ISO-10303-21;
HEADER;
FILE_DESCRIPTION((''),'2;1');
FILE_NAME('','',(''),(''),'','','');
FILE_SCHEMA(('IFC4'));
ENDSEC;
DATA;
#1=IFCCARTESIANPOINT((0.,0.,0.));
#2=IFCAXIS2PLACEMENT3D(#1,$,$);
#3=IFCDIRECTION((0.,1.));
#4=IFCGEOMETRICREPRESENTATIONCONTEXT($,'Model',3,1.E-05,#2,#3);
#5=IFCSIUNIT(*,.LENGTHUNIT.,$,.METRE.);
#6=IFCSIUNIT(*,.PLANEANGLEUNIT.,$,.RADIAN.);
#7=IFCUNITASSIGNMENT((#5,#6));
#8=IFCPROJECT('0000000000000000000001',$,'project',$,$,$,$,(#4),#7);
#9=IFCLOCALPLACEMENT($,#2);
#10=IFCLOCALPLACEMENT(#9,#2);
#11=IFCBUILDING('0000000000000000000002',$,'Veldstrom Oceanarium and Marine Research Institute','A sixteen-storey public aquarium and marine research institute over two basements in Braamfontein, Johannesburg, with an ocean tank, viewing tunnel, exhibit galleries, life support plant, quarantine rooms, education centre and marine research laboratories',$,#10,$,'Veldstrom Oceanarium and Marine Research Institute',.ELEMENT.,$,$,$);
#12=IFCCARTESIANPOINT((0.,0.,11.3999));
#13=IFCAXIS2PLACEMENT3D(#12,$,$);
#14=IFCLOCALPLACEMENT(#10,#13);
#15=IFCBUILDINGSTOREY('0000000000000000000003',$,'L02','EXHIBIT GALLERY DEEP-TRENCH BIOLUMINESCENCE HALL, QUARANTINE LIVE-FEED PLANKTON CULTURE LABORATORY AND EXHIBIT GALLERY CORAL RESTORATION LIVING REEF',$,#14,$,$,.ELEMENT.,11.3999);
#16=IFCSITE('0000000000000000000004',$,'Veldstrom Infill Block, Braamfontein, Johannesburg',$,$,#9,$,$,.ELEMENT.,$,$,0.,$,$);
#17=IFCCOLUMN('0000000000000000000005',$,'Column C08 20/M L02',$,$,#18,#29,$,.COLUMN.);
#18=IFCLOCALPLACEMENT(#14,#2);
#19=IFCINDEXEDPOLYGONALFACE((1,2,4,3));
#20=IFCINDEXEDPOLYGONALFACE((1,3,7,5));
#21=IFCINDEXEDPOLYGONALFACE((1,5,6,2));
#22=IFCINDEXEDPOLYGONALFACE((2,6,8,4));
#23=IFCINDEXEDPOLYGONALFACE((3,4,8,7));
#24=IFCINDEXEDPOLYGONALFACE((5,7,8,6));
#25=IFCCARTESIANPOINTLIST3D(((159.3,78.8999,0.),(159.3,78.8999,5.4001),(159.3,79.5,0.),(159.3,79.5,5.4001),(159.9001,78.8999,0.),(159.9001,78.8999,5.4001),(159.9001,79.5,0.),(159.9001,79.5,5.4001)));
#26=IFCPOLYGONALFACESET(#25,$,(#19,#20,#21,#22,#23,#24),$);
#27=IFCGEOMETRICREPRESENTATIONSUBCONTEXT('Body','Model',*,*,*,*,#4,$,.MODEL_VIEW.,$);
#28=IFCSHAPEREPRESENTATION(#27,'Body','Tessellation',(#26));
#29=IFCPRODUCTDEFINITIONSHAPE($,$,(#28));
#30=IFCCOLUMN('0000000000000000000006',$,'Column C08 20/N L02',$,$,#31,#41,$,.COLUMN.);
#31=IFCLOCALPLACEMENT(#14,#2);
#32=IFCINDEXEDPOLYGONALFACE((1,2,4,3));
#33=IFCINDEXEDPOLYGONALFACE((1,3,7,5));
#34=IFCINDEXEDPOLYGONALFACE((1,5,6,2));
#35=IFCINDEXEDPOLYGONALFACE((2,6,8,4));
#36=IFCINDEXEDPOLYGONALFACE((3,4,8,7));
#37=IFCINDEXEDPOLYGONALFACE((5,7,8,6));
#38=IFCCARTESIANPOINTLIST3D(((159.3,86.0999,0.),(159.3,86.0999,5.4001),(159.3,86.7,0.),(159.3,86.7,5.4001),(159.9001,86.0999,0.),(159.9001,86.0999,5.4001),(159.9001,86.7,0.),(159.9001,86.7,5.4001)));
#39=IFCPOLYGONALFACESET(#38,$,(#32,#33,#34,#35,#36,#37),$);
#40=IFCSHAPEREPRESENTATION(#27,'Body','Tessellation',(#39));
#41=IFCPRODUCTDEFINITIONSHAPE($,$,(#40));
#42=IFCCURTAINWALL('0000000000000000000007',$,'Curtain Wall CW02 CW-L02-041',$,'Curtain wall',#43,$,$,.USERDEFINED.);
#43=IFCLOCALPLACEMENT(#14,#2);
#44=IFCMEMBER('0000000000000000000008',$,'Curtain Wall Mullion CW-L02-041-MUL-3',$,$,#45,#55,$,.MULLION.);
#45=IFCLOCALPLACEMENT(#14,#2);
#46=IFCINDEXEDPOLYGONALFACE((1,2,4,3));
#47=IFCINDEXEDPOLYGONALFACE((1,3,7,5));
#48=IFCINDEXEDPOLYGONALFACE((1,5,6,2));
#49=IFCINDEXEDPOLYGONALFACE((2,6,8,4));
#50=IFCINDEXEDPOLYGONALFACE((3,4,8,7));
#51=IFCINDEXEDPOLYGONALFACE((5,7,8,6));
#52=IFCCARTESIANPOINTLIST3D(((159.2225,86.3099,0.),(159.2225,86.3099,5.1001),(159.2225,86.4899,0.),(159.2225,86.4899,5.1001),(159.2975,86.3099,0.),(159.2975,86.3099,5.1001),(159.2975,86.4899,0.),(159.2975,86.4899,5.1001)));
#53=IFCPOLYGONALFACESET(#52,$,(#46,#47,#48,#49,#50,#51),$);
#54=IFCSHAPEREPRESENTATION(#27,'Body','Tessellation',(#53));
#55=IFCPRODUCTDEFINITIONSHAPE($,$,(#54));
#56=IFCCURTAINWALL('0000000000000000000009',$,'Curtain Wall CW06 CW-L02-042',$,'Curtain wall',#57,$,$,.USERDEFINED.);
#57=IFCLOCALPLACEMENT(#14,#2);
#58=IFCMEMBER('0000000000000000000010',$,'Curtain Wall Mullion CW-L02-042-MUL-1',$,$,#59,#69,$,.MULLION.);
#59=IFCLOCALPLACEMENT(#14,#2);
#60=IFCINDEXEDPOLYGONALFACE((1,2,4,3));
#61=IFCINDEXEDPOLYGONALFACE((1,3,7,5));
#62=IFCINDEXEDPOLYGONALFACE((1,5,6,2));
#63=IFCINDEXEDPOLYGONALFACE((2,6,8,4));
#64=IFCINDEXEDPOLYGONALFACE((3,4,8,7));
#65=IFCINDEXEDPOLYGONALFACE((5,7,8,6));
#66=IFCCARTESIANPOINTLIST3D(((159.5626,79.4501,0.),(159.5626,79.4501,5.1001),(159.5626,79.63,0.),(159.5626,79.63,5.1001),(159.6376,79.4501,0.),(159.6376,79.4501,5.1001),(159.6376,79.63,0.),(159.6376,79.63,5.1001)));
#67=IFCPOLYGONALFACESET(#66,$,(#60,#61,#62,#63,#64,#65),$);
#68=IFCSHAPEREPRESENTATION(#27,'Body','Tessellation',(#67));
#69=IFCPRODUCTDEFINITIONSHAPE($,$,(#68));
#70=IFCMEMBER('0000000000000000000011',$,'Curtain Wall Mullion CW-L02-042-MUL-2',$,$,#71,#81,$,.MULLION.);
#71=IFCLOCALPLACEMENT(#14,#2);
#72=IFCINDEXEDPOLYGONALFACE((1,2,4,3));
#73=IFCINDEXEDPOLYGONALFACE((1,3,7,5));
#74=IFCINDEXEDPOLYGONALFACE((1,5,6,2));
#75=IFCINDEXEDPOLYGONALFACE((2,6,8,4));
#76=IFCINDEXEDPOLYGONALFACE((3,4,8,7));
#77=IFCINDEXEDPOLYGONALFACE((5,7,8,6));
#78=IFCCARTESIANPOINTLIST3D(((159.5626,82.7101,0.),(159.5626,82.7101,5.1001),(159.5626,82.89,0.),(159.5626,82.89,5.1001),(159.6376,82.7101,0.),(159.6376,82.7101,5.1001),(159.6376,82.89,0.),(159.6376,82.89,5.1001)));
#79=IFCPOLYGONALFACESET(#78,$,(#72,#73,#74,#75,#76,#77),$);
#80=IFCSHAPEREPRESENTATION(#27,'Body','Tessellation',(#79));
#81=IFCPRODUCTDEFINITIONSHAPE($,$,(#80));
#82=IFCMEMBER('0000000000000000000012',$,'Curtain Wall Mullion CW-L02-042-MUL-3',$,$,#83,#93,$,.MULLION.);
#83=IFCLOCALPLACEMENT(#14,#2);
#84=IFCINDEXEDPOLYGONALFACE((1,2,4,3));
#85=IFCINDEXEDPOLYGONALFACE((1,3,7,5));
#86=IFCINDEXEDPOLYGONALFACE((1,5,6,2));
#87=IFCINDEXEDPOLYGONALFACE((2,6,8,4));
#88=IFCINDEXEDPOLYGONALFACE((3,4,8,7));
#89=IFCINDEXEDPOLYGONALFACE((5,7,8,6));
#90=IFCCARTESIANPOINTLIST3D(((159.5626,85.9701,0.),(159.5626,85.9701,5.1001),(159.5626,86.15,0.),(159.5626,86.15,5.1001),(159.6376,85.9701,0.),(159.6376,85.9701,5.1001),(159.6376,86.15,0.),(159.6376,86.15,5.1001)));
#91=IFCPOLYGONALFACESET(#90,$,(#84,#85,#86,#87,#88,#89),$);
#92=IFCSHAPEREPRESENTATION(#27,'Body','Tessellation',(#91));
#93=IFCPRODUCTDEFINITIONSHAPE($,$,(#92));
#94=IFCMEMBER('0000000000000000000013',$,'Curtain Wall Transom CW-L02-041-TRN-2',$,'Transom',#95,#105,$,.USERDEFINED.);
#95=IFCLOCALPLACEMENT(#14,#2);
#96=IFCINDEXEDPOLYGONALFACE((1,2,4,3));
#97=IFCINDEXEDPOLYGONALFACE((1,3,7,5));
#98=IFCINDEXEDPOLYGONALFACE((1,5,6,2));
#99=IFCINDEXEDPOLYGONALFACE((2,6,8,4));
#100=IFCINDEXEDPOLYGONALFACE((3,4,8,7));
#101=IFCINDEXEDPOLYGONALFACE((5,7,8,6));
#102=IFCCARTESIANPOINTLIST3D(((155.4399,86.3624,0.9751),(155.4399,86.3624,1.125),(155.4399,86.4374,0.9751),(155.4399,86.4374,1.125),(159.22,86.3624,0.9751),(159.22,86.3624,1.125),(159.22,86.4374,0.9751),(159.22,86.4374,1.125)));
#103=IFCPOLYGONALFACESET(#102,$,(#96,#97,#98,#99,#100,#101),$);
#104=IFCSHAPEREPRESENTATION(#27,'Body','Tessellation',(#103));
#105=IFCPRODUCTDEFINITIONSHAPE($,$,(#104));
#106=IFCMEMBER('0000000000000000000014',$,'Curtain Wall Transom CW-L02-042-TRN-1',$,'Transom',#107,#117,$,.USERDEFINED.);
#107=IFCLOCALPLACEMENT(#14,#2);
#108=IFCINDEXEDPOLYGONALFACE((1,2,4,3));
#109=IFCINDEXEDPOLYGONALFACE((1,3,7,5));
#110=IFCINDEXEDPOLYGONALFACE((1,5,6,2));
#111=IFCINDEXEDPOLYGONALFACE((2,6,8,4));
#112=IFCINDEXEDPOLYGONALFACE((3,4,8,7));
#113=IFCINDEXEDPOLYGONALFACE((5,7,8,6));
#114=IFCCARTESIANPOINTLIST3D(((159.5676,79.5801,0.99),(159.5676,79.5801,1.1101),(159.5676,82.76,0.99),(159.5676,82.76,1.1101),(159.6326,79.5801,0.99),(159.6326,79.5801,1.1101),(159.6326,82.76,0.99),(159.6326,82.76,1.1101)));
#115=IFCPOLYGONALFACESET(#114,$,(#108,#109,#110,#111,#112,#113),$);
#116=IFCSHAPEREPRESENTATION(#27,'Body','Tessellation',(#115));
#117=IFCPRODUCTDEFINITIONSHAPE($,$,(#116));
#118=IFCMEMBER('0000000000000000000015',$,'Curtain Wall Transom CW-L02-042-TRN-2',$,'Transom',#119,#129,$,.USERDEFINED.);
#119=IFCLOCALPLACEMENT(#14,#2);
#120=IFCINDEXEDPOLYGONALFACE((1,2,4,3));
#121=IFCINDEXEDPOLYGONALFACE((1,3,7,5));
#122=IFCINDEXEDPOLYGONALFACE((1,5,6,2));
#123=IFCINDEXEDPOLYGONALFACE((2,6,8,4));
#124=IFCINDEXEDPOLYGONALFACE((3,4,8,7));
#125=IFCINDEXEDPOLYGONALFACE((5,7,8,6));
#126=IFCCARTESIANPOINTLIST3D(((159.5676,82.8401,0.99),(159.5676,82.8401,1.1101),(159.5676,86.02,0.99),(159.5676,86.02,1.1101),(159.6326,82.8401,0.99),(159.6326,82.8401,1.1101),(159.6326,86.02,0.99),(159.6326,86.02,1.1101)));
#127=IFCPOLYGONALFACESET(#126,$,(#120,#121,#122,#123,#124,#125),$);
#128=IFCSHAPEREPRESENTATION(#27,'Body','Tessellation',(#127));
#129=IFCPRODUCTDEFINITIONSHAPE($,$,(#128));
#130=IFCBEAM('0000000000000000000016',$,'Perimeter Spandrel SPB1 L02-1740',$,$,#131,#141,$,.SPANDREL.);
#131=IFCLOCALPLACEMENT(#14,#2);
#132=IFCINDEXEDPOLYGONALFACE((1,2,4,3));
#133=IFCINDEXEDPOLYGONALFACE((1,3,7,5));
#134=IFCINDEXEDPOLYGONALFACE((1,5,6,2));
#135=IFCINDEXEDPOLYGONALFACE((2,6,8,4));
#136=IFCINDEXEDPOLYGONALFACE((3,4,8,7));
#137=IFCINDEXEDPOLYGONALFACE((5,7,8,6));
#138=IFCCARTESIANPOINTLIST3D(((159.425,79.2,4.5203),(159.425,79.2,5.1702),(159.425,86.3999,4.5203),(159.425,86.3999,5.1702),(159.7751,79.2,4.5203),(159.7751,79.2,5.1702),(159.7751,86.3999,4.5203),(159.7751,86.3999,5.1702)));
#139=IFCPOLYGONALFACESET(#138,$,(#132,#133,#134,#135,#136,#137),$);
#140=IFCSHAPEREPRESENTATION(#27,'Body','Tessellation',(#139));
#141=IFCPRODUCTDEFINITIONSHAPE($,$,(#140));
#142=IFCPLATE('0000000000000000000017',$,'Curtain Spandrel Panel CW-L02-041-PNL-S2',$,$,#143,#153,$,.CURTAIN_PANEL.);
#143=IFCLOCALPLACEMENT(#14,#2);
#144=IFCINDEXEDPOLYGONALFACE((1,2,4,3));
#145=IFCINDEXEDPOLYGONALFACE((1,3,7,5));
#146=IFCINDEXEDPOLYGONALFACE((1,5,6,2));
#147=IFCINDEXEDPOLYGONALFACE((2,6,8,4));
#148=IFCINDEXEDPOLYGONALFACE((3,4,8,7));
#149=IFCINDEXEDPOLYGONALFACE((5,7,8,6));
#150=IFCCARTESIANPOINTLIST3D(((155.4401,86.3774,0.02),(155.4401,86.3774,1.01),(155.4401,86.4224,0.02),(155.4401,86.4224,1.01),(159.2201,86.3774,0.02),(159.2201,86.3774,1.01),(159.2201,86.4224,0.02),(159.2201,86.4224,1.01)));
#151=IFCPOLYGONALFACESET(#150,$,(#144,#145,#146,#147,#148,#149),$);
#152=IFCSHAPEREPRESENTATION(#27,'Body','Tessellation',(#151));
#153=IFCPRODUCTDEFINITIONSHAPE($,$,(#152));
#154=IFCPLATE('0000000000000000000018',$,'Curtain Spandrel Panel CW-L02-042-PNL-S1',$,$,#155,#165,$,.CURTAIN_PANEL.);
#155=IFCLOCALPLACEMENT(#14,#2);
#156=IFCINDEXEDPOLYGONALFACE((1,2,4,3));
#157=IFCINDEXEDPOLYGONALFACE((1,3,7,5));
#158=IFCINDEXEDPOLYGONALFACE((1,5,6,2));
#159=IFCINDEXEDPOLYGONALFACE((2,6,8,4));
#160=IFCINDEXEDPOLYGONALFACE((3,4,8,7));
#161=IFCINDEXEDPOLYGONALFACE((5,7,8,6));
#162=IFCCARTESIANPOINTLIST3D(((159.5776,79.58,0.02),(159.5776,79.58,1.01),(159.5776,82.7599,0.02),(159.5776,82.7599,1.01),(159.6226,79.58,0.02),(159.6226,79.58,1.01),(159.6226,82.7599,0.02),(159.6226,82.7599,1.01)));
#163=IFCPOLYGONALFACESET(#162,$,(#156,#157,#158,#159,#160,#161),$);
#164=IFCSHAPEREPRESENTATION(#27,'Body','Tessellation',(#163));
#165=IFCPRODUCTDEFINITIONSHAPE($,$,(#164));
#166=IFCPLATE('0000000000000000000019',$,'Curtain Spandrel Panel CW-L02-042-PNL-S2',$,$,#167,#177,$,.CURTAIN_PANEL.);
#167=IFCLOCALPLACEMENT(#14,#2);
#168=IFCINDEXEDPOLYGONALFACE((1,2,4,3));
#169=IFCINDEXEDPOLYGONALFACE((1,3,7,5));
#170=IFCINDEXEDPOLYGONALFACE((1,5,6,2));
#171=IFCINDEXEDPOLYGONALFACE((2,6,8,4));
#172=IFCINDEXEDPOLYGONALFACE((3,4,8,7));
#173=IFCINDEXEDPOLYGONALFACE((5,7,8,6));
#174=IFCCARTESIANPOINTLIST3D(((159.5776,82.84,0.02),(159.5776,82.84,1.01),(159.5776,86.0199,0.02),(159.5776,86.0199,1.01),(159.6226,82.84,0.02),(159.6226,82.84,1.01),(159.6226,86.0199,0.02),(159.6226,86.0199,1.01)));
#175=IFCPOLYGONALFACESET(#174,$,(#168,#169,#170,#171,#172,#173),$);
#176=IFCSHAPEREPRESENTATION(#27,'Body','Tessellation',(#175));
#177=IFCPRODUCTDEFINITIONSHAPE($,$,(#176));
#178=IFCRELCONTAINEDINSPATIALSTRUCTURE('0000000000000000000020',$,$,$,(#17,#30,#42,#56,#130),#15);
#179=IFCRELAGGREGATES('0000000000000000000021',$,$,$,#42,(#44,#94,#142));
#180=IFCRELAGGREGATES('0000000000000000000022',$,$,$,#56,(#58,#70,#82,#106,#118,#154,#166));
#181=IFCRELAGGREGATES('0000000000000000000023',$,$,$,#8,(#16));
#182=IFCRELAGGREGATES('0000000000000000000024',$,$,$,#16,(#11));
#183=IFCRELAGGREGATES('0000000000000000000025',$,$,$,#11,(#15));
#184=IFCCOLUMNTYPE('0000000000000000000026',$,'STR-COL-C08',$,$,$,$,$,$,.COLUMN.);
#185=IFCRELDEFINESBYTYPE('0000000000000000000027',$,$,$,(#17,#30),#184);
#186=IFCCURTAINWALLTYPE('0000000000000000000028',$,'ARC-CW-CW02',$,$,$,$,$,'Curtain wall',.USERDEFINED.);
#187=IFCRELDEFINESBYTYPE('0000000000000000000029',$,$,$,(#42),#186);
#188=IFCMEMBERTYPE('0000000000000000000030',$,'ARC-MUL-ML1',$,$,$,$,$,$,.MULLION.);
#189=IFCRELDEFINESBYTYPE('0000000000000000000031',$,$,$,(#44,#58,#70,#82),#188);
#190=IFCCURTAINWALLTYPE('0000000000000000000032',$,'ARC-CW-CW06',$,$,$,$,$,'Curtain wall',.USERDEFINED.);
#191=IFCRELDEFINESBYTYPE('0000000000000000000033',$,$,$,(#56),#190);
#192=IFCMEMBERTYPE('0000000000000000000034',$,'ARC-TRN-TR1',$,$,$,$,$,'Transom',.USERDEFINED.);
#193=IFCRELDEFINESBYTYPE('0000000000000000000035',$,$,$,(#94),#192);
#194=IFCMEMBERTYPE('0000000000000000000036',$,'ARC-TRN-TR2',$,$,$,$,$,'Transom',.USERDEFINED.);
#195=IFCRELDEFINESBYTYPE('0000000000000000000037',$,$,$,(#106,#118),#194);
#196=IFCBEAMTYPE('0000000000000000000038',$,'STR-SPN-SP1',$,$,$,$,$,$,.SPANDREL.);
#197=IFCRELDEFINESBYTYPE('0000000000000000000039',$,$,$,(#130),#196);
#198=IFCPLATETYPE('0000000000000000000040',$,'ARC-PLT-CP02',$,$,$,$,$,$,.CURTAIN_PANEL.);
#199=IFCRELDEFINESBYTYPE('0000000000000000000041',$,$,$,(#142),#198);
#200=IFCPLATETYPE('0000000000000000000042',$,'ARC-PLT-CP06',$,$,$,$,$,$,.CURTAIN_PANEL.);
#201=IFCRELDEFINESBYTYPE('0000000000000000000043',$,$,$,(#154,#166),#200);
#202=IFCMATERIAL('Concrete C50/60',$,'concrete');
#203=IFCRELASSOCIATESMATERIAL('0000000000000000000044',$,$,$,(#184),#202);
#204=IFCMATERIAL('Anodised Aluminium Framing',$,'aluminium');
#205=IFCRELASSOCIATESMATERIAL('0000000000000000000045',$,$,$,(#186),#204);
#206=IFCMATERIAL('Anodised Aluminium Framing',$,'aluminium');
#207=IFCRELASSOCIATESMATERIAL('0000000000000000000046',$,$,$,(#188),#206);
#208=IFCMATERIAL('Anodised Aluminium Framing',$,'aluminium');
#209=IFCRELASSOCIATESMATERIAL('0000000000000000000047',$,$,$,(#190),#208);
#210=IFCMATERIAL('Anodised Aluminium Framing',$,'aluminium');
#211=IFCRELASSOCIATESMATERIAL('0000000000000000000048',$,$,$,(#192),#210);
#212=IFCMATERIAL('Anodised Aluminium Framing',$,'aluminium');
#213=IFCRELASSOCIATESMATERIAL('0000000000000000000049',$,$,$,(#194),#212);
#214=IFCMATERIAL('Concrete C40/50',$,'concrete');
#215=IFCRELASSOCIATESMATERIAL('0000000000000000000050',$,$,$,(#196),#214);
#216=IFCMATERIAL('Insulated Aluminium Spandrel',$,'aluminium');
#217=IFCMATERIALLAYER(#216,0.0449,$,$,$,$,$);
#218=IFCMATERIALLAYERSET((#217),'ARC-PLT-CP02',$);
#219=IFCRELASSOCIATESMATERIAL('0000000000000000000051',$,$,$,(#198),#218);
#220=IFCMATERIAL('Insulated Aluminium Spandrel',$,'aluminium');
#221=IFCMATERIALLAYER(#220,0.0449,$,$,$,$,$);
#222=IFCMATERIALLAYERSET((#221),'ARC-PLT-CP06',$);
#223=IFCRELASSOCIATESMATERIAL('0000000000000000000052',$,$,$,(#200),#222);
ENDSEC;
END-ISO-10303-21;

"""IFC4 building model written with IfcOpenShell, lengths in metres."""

from ifc_helpers import new_model, si_unit, direction, frame, origin, origin_2d, place, context, subcontext, project, spatial, rectangle, extrude, material, layer, layer_set, material_profile, profile_set, type_object, element, aggregate, save


model = new_model("IFC4")

# Units and contexts
model_context = context("Model", 3, precision=1e-05, world=origin(), true_north=direction((0.0, 1.0)))
body_context = subcontext(model_context, "Body", "Model", "MODEL_VIEW")
ifc_project = project(units=[si_unit("LENGTHUNIT", "METRE"), si_unit("PLANEANGLEUNIT", "RADIAN")], contexts=[model_context])

# Site, building, storey
site_placement = place(None, origin())
site = spatial("IfcSite", under=ifc_project, at=site_placement, Name="Veldstrom Infill Block, Braamfontein, Johannesburg", CompositionType="ELEMENT", RefElevation=0.0)
building_placement = place(site_placement, origin())
building = spatial("IfcBuilding", under=site, at=building_placement, Name="Veldstrom Oceanarium and Marine Research Institute", Description="A sixteen-storey public aquarium and marine research institute over two basements in Braamfontein, Johannesburg, with an ocean tank, viewing tunnel, exhibit galleries, life support plant, quarantine rooms, education centre and marine research laboratories", LongName="Veldstrom Oceanarium and Marine Research Institute", CompositionType="ELEMENT")
storey_placement = place(building_placement, frame((0.0, 0.0, 11.3999)))
storey = spatial("IfcBuildingStorey", under=building, at=storey_placement, Name="L02", Description="EXHIBIT GALLERY DEEP-TRENCH BIOLUMINESCENCE HALL, QUARANTINE LIVE-FEED PLANKTON CULTURE LABORATORY AND EXHIBIT GALLERY CORAL RESTORATION LIVING REEF", CompositionType="ELEMENT", Elevation=11.3999)

# Columns
ifc_material_1 = material(Name="Concrete C50/60", Category="concrete")
ifc_material_profile_1 = material_profile(ifc_material_1, rectangle(XDim=0.6001, YDim=0.6001, at=origin_2d()), Name="RC-COL-600x600")
ifc_profile_set_1 = profile_set([ifc_material_profile_1], Name="Concrete C50/60")
column_type = type_object("IfcColumnType", Name="STR-COL-C08", PredefinedType="COLUMN", material=ifc_profile_set_1)
for number, where, z_axis, x_axis, name in (
    (1, (159.6001, 79.2, 0.0), (0.0, 0.0, 1.0), (1.0, 0.0, 0.0), "Column C08 20/M L02"),
    (2, (159.6001, 86.3999, 0.0), (0.0, 0.0, 1.0), (1.0, 0.0, 0.0), "Column C08 20/N L02"),
):
    element("IfcColumn", number, at=place(storey_placement, frame(where, z_axis=z_axis, x_axis=x_axis)), inside=storey, type_object=column_type, Name=name, PredefinedType="COLUMN", context=body_context, shape_type="SweptSolid", body=[
        extrude(rectangle(XDim=0.6001, YDim=0.6001, at=origin_2d()), origin(), (0.0, 0.0, 1.0), 5.4001),
    ])

# Curtain wall, member
ifc_material_2 = material(Name="Anodised Aluminium Framing", Category="aluminium")
curtain_wall_type_1 = type_object("IfcCurtainWallType", Name="ARC-CW-CW02", ElementType="Curtain wall", PredefinedType="USERDEFINED", material=ifc_material_2)
curtain_wall_1_placement = place(storey_placement, origin())
curtain_wall_1 = element("IfcCurtainWall", 3, at=curtain_wall_1_placement, inside=storey, type_object=curtain_wall_type_1, Name="Curtain Wall CW02 CW-L02-041", ObjectType="Curtain wall", PredefinedType="USERDEFINED")
ifc_material_3 = material(Name="Anodised Aluminium Framing", Category="aluminium")
ifc_material_profile_2 = material_profile(ifc_material_3, rectangle(XDim=0.075, YDim=0.1799, at=origin_2d()), Name="ALU-MUL-75x180")
ifc_profile_set_2 = profile_set([ifc_material_profile_2], Name="Anodised Aluminium Framing")
member_type_1 = type_object("IfcMemberType", Name="ARC-MUL-ML1", PredefinedType="MULLION", material=ifc_profile_set_2)
member_1_placement = place(storey_placement, frame((159.26, 86.3999, 0.0), z_axis=(0.0, 0.0, 1.0), x_axis=(1.0, 0.0, 0.0)))
member_1 = element("IfcMember", 4, at=member_1_placement, type_object=member_type_1, Name="Curtain Wall Mullion CW-L02-041-MUL-3", PredefinedType="MULLION", context=body_context, shape_type="SweptSolid", body=[
    extrude(rectangle(XDim=0.075, YDim=0.1799, at=origin_2d()), origin(), (0.0, 0.0, 1.0), 5.1001),
])

# Curtain wall, members
ifc_material_4 = material(Name="Anodised Aluminium Framing", Category="aluminium")
curtain_wall_type_2 = type_object("IfcCurtainWallType", Name="ARC-CW-CW06", ElementType="Curtain wall", PredefinedType="USERDEFINED", material=ifc_material_4)
curtain_wall_2_placement = place(storey_placement, origin())
curtain_wall_2 = element("IfcCurtainWall", 5, at=curtain_wall_2_placement, inside=storey, type_object=curtain_wall_type_2, Name="Curtain Wall CW06 CW-L02-042", ObjectType="Curtain wall", PredefinedType="USERDEFINED")
member_2_placement = place(storey_placement, frame((159.6001, 79.54, 0.0), z_axis=(0.0, 0.0, 1.0), x_axis=(1.0, 0.0, 0.0)))
member_2 = element("IfcMember", 6, at=member_2_placement, type_object=member_type_1, Name="Curtain Wall Mullion CW-L02-042-MUL-1", PredefinedType="MULLION", context=body_context, shape_type="SweptSolid", body=[
    extrude(rectangle(XDim=0.075, YDim=0.1799, at=origin_2d()), origin(), (0.0, 0.0, 1.0), 5.1001),
])
member_3_placement = place(storey_placement, frame((159.6001, 82.8, 0.0), z_axis=(0.0, 0.0, 1.0), x_axis=(1.0, 0.0, 0.0)))
member_3 = element("IfcMember", 7, at=member_3_placement, type_object=member_type_1, Name="Curtain Wall Mullion CW-L02-042-MUL-2", PredefinedType="MULLION", context=body_context, shape_type="SweptSolid", body=[
    extrude(rectangle(XDim=0.075, YDim=0.1799, at=origin_2d()), origin(), (0.0, 0.0, 1.0), 5.1001),
])
member_4_placement = place(storey_placement, frame((159.6001, 86.0601, 0.0), z_axis=(0.0, 0.0, 1.0), x_axis=(1.0, 0.0, 0.0)))
member_4 = element("IfcMember", 8, at=member_4_placement, type_object=member_type_1, Name="Curtain Wall Mullion CW-L02-042-MUL-3", PredefinedType="MULLION", context=body_context, shape_type="SweptSolid", body=[
    extrude(rectangle(XDim=0.075, YDim=0.1799, at=origin_2d()), origin(), (0.0, 0.0, 1.0), 5.1001),
])

# Members
ifc_material_5 = material(Name="Anodised Aluminium Framing", Category="aluminium")
ifc_material_profile_3 = material_profile(ifc_material_5, rectangle(XDim=0.075, YDim=0.1499, at=origin_2d()), Name="ALU-TRN-75x150")
ifc_profile_set_3 = profile_set([ifc_material_profile_3], Name="Anodised Aluminium Framing")
member_type_2 = type_object("IfcMemberType", Name="ARC-TRN-TR1", ElementType="Transom", PredefinedType="USERDEFINED", material=ifc_profile_set_3)
member_5_placement = place(storey_placement, frame((155.4399, 86.3999, 1.05), z_axis=(1.0, 0.0, 0.0), x_axis=(0.0, 1.0, 0.0)))
member_5 = element("IfcMember", 9, at=member_5_placement, type_object=member_type_2, Name="Curtain Wall Transom CW-L02-041-TRN-2", ObjectType="Transom", PredefinedType="USERDEFINED", context=body_context, shape_type="SweptSolid", body=[
    extrude(rectangle(XDim=0.075, YDim=0.1499, at=origin_2d()), origin(), (0.0, 0.0, 1.0), 3.78),
])
ifc_material_6 = material(Name="Anodised Aluminium Framing", Category="aluminium")
ifc_material_profile_4 = material_profile(ifc_material_6, rectangle(XDim=0.0649, YDim=0.1201, at=origin_2d()), Name="ALU-TRN-65x120")
ifc_profile_set_4 = profile_set([ifc_material_profile_4], Name="Anodised Aluminium Framing")
member_type_3 = type_object("IfcMemberType", Name="ARC-TRN-TR2", ElementType="Transom", PredefinedType="USERDEFINED", material=ifc_profile_set_4)
member_6_placement = place(storey_placement, frame((159.6001, 79.5801, 1.05), z_axis=(0.0, 1.0, 0.0), x_axis=(-1.0, 0.0, 0.0)))
member_6 = element("IfcMember", 10, at=member_6_placement, type_object=member_type_3, Name="Curtain Wall Transom CW-L02-042-TRN-1", ObjectType="Transom", PredefinedType="USERDEFINED", context=body_context, shape_type="SweptSolid", body=[
    extrude(rectangle(XDim=0.0649, YDim=0.1201, at=origin_2d()), origin(), (0.0, 0.0, 1.0), 3.1799),
])
member_7_placement = place(storey_placement, frame((159.6001, 82.8401, 1.05), z_axis=(0.0, 1.0, 0.0), x_axis=(-1.0, 0.0, 0.0)))
member_7 = element("IfcMember", 11, at=member_7_placement, type_object=member_type_3, Name="Curtain Wall Transom CW-L02-042-TRN-2", ObjectType="Transom", PredefinedType="USERDEFINED", context=body_context, shape_type="SweptSolid", body=[
    extrude(rectangle(XDim=0.0649, YDim=0.1201, at=origin_2d()), origin(), (0.0, 0.0, 1.0), 3.1799),
])

# Beam
ifc_material_7 = material(Name="Concrete C40/50", Category="concrete")
ifc_material_profile_5 = material_profile(ifc_material_7, rectangle(XDim=0.3501, YDim=0.6499, at=origin_2d()), Name="RC-SPN-350x650")
ifc_profile_set_5 = profile_set([ifc_material_profile_5], Name="Concrete C40/50")
beam_type = type_object("IfcBeamType", Name="STR-SPN-SP1", PredefinedType="SPANDREL", material=ifc_profile_set_5)
beam_placement = place(storey_placement, frame((159.6001, 79.2, 4.8452), z_axis=(0.0, 1.0, 0.0), x_axis=(-1.0, 0.0, 0.0)))
element("IfcBeam", 12, at=beam_placement, inside=storey, type_object=beam_type, Name="Perimeter Spandrel SPB1 L02-1740", PredefinedType="SPANDREL", context=body_context, shape_type="SweptSolid", body=[
    extrude(rectangle(XDim=0.3501, YDim=0.6499, at=origin_2d()), origin(), (0.0, 0.0, 1.0), 7.2),
])

# Plates
ifc_material_8 = material(Name="Insulated Aluminium Spandrel", Category="aluminium")
ifc_layer_1 = layer(ifc_material_8, 0.0449)
ifc_layer_set_1 = layer_set([ifc_layer_1], Name="ARC-PLT-CP02")
plate_type_1 = type_object("IfcPlateType", Name="ARC-PLT-CP02", PredefinedType="CURTAIN_PANEL", material=ifc_layer_set_1)
plate_1_placement = place(storey_placement, frame((157.3301, 86.3999, 0.02), z_axis=(0.0, 0.0, 1.0), x_axis=(1.0, 0.0, 0.0)))
plate_1 = element("IfcPlate", 13, at=plate_1_placement, type_object=plate_type_1, Name="Curtain Spandrel Panel CW-L02-041-PNL-S2", PredefinedType="CURTAIN_PANEL", context=body_context, shape_type="SweptSolid", body=[
    extrude(rectangle(XDim=3.78, YDim=0.0449, at=origin_2d()), origin(), (0.0, 0.0, 1.0), 0.99),
])
ifc_material_9 = material(Name="Insulated Aluminium Spandrel", Category="aluminium")
ifc_layer_2 = layer(ifc_material_9, 0.0449)
ifc_layer_set_2 = layer_set([ifc_layer_2], Name="ARC-PLT-CP06")
plate_type_2 = type_object("IfcPlateType", Name="ARC-PLT-CP06", PredefinedType="CURTAIN_PANEL", material=ifc_layer_set_2)
plate_2_placement = place(storey_placement, frame((159.6001, 81.1699, 0.02), z_axis=(0.0, 0.0, 1.0), x_axis=(0.0, 1.0, 0.0)))
plate_2 = element("IfcPlate", 14, at=plate_2_placement, type_object=plate_type_2, Name="Curtain Spandrel Panel CW-L02-042-PNL-S1", PredefinedType="CURTAIN_PANEL", context=body_context, shape_type="SweptSolid", body=[
    extrude(rectangle(XDim=3.1799, YDim=0.0449, at=origin_2d()), origin(), (0.0, 0.0, 1.0), 0.99),
])
plate_3_placement = place(storey_placement, frame((159.6001, 84.4299, 0.02), z_axis=(0.0, 0.0, 1.0), x_axis=(0.0, 1.0, 0.0)))
plate_3 = element("IfcPlate", 15, at=plate_3_placement, type_object=plate_type_2, Name="Curtain Spandrel Panel CW-L02-042-PNL-S2", PredefinedType="CURTAIN_PANEL", context=body_context, shape_type="SweptSolid", body=[
    extrude(rectangle(XDim=3.1799, YDim=0.0449, at=origin_2d()), origin(), (0.0, 0.0, 1.0), 0.99),
])
aggregate(curtain_wall_1, [member_1, member_5, plate_1])
aggregate(curtain_wall_2, [member_2, member_3, member_4, member_6, member_7, plate_2, plate_3])

save(model, "model.ifc")
